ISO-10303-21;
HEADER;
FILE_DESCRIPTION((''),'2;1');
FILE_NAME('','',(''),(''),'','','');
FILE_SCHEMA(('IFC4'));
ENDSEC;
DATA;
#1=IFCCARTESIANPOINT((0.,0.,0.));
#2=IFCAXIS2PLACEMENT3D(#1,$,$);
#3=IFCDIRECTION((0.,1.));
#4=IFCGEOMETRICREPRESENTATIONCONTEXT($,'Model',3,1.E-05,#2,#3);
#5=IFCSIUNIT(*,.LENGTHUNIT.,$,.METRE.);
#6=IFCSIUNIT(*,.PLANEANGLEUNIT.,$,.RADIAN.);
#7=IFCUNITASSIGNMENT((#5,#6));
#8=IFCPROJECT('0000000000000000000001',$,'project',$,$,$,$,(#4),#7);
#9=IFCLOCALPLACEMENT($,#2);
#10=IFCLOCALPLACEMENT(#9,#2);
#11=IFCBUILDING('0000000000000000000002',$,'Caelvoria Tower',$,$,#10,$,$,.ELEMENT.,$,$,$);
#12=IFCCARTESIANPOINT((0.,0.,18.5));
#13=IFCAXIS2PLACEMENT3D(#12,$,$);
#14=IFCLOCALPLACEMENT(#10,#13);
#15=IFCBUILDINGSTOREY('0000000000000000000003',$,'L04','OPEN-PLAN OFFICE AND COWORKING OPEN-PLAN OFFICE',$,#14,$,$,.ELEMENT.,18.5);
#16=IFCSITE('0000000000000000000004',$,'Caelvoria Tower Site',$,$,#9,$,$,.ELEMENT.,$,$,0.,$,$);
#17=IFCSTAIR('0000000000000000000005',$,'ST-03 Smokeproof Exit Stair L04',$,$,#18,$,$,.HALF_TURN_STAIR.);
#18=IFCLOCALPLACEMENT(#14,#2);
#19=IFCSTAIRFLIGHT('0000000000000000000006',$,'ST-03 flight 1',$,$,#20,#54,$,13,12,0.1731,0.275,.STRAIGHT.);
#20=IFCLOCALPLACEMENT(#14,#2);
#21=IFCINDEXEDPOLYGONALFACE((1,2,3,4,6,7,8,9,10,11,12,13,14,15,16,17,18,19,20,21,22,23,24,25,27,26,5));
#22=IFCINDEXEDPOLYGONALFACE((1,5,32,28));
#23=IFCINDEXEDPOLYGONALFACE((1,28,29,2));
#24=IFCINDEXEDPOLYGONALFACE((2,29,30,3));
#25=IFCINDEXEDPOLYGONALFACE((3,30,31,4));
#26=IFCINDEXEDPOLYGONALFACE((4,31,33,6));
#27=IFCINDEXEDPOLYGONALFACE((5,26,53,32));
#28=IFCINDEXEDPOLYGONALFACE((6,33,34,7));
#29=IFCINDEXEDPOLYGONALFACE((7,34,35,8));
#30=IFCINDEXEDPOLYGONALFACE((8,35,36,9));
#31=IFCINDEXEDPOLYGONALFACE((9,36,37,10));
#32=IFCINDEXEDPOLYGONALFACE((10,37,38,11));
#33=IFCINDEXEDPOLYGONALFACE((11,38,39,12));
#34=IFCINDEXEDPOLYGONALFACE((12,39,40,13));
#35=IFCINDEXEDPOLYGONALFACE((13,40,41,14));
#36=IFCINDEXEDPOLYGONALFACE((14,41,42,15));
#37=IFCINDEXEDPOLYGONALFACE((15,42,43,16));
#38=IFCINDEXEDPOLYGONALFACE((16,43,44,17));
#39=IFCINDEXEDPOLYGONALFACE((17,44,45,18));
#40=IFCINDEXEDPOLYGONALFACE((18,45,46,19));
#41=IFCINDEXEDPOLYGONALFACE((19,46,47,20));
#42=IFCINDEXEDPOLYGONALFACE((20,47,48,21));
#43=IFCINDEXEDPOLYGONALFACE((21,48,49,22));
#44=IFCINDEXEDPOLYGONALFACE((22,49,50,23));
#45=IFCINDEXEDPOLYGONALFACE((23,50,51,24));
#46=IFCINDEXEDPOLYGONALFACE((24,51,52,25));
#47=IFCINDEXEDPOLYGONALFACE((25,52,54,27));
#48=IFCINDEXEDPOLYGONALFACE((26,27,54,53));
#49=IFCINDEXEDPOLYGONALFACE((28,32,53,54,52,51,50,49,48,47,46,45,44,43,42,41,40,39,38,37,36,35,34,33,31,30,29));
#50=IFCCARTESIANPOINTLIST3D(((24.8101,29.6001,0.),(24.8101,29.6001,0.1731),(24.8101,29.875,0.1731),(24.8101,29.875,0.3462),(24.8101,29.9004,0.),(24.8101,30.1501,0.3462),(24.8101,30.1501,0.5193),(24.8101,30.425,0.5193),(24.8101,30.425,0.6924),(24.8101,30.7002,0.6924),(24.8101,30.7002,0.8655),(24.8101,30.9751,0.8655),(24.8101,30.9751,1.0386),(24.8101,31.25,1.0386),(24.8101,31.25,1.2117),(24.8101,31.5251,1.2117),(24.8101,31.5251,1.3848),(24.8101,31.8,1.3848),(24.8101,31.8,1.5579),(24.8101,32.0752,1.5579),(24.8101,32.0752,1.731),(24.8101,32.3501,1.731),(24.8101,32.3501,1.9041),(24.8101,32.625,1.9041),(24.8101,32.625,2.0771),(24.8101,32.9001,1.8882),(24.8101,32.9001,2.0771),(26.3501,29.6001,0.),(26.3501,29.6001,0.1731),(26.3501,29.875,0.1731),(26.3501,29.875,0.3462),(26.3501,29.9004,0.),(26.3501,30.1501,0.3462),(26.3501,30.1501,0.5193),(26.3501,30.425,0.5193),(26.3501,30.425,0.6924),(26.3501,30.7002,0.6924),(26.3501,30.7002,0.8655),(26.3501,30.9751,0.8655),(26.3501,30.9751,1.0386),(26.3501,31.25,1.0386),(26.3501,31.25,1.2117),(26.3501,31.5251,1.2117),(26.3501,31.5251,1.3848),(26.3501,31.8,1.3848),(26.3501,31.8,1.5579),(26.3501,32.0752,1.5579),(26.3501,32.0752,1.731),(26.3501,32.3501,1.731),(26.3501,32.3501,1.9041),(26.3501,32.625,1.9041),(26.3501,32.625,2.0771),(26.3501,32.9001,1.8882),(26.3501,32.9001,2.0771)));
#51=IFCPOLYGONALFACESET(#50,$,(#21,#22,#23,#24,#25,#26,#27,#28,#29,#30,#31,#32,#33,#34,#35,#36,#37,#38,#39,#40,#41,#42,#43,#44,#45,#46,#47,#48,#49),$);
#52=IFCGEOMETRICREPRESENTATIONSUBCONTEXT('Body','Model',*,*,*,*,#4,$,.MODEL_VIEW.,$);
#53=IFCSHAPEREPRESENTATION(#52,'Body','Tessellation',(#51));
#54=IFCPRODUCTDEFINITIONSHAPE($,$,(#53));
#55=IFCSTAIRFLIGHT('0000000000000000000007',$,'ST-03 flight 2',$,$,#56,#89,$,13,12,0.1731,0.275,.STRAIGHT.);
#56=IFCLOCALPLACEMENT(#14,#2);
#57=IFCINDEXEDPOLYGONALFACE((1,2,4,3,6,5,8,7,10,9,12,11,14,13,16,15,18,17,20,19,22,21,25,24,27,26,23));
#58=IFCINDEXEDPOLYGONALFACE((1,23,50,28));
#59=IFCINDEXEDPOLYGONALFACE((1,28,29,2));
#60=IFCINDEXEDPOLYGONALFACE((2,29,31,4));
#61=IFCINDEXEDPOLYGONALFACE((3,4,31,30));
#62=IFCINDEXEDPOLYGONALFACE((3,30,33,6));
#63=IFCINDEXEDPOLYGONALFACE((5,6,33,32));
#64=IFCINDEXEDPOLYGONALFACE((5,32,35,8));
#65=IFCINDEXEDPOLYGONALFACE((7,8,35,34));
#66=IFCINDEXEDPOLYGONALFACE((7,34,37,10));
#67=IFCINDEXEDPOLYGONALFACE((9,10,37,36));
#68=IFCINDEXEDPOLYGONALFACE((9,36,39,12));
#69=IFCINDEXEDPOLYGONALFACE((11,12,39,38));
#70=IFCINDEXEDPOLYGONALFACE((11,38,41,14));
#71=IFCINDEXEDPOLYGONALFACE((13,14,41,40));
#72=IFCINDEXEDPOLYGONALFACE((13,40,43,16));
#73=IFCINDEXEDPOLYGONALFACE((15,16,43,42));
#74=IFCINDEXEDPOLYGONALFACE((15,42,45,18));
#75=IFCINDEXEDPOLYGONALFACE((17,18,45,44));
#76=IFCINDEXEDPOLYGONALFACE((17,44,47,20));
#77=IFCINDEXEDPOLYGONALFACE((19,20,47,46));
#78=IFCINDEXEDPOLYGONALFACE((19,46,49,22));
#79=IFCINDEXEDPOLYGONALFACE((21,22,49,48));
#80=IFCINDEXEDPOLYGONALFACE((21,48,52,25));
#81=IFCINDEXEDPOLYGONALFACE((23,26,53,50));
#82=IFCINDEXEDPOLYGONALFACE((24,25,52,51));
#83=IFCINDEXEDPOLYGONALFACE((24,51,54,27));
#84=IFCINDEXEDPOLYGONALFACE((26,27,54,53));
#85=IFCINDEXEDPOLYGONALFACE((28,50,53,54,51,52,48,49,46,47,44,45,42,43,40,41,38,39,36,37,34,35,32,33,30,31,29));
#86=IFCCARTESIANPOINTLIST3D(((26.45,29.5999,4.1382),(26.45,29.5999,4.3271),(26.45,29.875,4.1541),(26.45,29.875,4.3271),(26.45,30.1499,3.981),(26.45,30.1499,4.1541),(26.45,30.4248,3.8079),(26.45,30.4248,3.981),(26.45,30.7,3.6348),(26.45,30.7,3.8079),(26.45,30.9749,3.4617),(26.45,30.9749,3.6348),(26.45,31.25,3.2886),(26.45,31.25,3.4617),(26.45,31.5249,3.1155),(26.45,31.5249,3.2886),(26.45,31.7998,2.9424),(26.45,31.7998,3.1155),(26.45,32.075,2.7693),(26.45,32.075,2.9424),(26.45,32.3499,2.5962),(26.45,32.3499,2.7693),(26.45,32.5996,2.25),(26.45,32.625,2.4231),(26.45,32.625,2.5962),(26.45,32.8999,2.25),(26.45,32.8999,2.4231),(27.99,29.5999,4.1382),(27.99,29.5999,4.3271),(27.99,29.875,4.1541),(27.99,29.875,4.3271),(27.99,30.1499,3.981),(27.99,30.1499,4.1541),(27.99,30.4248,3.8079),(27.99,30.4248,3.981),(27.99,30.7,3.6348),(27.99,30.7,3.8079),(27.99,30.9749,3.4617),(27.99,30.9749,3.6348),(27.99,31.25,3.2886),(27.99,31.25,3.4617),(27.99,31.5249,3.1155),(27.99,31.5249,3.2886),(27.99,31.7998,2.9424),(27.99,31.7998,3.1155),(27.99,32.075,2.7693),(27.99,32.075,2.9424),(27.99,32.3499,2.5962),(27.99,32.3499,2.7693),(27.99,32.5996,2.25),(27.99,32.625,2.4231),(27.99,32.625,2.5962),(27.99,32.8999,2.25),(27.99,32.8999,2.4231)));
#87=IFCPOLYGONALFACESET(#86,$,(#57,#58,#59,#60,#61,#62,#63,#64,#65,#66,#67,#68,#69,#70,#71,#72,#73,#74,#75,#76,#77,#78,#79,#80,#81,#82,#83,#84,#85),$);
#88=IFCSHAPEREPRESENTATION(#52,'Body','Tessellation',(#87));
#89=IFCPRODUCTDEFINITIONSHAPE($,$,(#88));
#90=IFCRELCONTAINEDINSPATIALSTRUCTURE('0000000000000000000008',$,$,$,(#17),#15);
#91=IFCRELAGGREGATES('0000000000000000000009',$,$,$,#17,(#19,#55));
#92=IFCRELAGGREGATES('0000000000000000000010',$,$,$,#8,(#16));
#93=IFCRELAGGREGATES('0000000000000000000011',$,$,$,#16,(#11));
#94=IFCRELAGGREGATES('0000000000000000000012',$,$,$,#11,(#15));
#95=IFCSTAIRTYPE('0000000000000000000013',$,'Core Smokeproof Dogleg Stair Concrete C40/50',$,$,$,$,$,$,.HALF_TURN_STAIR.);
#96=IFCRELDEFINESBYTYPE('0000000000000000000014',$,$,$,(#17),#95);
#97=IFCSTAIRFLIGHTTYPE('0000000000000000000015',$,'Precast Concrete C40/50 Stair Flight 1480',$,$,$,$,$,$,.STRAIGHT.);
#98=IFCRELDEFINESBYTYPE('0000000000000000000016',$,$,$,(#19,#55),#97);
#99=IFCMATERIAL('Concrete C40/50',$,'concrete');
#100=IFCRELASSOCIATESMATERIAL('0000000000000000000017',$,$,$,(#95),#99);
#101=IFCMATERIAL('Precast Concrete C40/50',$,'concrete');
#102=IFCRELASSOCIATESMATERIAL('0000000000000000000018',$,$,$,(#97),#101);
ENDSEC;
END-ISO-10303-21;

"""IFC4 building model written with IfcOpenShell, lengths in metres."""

from ifc_helpers import new_model, si_unit, direction, frame, origin, place, context, subcontext, project, spatial, polyline, outline, extrude, material, type_object, element, aggregate, save


model = new_model("IFC4")

# Units and contexts
model_context = context("Model", 3, precision=1e-05, world=origin(), true_north=direction((0.0, 1.0)))
body_context = subcontext(model_context, "Body", "Model", "MODEL_VIEW")
ifc_project = project(units=[si_unit("LENGTHUNIT", "METRE"), si_unit("PLANEANGLEUNIT", "RADIAN")], contexts=[model_context])

# Site, building, storey
site_placement = place(None, origin())
site = spatial("IfcSite", under=ifc_project, at=site_placement, Name="Caelvoria Tower Site", CompositionType="ELEMENT", RefElevation=0.0)
building_placement = place(site_placement, origin())
building = spatial("IfcBuilding", under=site, at=building_placement, Name="Caelvoria Tower", CompositionType="ELEMENT")
storey_placement = place(building_placement, frame((0.0, 0.0, 18.5)))
storey = spatial("IfcBuildingStorey", under=building, at=storey_placement, Name="L04", Description="OPEN-PLAN OFFICE AND COWORKING OPEN-PLAN OFFICE", CompositionType="ELEMENT", Elevation=18.5)

# Shared definitions
ifc_material_1 = material(Name="Concrete C40/50", Category="concrete")
stair_type = type_object("IfcStairType", Name="Core Smokeproof Dogleg Stair Concrete C40/50", PredefinedType="HALF_TURN_STAIR", material=ifc_material_1)
ifc_material_2 = material(Name="Precast Concrete C40/50", Category="concrete")
stair_flight_type = type_object("IfcStairFlightType", Name="Precast Concrete C40/50 Stair Flight 1480", PredefinedType="STRAIGHT", material=ifc_material_2)

# Stair, stair flights
stair_1_placement = place(storey_placement, origin())
stair_1 = element("IfcStair", 1, at=stair_1_placement, inside=storey, type_object=stair_type, Name="ST-03 Smokeproof Exit Stair L04", PredefinedType="HALF_TURN_STAIR")
stair_flight_1_placement = place(storey_placement, frame((25.5801, 29.6001, 0.0), z_axis=(0.0, 0.0, 1.0), x_axis=(0.0, 1.0, 0.0)))
stair_flight_1 = element("IfcStairFlight", 2, at=stair_flight_1_placement, type_object=stair_flight_type, Name="ST-03 flight 1", NumberOfRisers=13, NumberOfTreads=12, PredefinedType="STRAIGHT", RiserHeight=0.1731, TreadLength=0.275, context=body_context, shape_type="SweptSolid", body=[
    extrude(outline(polyline([(0.0, 0.0), (0.0, 0.1731), (0.2749, 0.1731), (0.2749, 0.3462), (0.55, 0.3462), (0.55, 0.5193), (0.825, 0.5193), (0.825, 0.6924), (1.1001, 0.6924), (1.1001, 0.8655), (1.375, 0.8655), (1.375, 1.0386), (1.6499, 1.0386), (1.6499, 1.2117), (1.925, 1.2117), (1.925, 1.3848), (2.2, 1.3848), (2.2, 1.5579), (2.4751, 1.5579), (2.4751, 1.731), (2.75, 1.731), (2.75, 1.9041), (3.0249, 1.9041), (3.0249, 2.0771), (3.3, 2.0771), (3.3, 2.2502), (3.3, 1.8882), (0.3003, 0.0), (0.0, 0.0)])), frame((0.0, 0.77, 0.0), z_axis=(0.0, -1.0, 0.0), x_axis=(1.0, 0.0, 0.0)), (0.0, 0.0, 1.0), 1.54),
])
stair_flight_2_placement = place(storey_placement, frame((27.22, 32.8999, 2.25), z_axis=(0.0, 0.0, 1.0), x_axis=(0.0, -1.0, 0.0)))
stair_flight_2 = element("IfcStairFlight", 3, at=stair_flight_2_placement, type_object=stair_flight_type, Name="ST-03 flight 2", NumberOfRisers=13, NumberOfTreads=12, PredefinedType="STRAIGHT", RiserHeight=0.1731, TreadLength=0.275, context=body_context, shape_type="SweptSolid", body=[
    extrude(outline(polyline([(0.0, 0.0), (0.0, 0.1731), (0.2749, 0.1731), (0.2749, 0.3462), (0.55, 0.3462), (0.55, 0.5193), (0.825, 0.5193), (0.825, 0.6924), (1.1001, 0.6924), (1.1001, 0.8655), (1.375, 0.8655), (1.375, 1.0386), (1.6499, 1.0386), (1.6499, 1.2117), (1.925, 1.2117), (1.925, 1.3848), (2.2, 1.3848), (2.2, 1.5579), (2.4751, 1.5579), (2.4751, 1.731), (2.75, 1.731), (2.75, 1.9041), (3.0249, 1.9041), (3.0249, 2.0771), (3.3, 2.0771), (3.3, 2.2502), (3.3, 1.8882), (0.3003, 0.0), (0.0, 0.0)])), frame((0.0, 0.77, 0.0), z_axis=(0.0, -1.0, 0.0), x_axis=(1.0, 0.0, 0.0)), (0.0, 0.0, 1.0), 1.54),
])
aggregate(stair_1, [stair_flight_1, stair_flight_2])

save(model, "model.ifc")
